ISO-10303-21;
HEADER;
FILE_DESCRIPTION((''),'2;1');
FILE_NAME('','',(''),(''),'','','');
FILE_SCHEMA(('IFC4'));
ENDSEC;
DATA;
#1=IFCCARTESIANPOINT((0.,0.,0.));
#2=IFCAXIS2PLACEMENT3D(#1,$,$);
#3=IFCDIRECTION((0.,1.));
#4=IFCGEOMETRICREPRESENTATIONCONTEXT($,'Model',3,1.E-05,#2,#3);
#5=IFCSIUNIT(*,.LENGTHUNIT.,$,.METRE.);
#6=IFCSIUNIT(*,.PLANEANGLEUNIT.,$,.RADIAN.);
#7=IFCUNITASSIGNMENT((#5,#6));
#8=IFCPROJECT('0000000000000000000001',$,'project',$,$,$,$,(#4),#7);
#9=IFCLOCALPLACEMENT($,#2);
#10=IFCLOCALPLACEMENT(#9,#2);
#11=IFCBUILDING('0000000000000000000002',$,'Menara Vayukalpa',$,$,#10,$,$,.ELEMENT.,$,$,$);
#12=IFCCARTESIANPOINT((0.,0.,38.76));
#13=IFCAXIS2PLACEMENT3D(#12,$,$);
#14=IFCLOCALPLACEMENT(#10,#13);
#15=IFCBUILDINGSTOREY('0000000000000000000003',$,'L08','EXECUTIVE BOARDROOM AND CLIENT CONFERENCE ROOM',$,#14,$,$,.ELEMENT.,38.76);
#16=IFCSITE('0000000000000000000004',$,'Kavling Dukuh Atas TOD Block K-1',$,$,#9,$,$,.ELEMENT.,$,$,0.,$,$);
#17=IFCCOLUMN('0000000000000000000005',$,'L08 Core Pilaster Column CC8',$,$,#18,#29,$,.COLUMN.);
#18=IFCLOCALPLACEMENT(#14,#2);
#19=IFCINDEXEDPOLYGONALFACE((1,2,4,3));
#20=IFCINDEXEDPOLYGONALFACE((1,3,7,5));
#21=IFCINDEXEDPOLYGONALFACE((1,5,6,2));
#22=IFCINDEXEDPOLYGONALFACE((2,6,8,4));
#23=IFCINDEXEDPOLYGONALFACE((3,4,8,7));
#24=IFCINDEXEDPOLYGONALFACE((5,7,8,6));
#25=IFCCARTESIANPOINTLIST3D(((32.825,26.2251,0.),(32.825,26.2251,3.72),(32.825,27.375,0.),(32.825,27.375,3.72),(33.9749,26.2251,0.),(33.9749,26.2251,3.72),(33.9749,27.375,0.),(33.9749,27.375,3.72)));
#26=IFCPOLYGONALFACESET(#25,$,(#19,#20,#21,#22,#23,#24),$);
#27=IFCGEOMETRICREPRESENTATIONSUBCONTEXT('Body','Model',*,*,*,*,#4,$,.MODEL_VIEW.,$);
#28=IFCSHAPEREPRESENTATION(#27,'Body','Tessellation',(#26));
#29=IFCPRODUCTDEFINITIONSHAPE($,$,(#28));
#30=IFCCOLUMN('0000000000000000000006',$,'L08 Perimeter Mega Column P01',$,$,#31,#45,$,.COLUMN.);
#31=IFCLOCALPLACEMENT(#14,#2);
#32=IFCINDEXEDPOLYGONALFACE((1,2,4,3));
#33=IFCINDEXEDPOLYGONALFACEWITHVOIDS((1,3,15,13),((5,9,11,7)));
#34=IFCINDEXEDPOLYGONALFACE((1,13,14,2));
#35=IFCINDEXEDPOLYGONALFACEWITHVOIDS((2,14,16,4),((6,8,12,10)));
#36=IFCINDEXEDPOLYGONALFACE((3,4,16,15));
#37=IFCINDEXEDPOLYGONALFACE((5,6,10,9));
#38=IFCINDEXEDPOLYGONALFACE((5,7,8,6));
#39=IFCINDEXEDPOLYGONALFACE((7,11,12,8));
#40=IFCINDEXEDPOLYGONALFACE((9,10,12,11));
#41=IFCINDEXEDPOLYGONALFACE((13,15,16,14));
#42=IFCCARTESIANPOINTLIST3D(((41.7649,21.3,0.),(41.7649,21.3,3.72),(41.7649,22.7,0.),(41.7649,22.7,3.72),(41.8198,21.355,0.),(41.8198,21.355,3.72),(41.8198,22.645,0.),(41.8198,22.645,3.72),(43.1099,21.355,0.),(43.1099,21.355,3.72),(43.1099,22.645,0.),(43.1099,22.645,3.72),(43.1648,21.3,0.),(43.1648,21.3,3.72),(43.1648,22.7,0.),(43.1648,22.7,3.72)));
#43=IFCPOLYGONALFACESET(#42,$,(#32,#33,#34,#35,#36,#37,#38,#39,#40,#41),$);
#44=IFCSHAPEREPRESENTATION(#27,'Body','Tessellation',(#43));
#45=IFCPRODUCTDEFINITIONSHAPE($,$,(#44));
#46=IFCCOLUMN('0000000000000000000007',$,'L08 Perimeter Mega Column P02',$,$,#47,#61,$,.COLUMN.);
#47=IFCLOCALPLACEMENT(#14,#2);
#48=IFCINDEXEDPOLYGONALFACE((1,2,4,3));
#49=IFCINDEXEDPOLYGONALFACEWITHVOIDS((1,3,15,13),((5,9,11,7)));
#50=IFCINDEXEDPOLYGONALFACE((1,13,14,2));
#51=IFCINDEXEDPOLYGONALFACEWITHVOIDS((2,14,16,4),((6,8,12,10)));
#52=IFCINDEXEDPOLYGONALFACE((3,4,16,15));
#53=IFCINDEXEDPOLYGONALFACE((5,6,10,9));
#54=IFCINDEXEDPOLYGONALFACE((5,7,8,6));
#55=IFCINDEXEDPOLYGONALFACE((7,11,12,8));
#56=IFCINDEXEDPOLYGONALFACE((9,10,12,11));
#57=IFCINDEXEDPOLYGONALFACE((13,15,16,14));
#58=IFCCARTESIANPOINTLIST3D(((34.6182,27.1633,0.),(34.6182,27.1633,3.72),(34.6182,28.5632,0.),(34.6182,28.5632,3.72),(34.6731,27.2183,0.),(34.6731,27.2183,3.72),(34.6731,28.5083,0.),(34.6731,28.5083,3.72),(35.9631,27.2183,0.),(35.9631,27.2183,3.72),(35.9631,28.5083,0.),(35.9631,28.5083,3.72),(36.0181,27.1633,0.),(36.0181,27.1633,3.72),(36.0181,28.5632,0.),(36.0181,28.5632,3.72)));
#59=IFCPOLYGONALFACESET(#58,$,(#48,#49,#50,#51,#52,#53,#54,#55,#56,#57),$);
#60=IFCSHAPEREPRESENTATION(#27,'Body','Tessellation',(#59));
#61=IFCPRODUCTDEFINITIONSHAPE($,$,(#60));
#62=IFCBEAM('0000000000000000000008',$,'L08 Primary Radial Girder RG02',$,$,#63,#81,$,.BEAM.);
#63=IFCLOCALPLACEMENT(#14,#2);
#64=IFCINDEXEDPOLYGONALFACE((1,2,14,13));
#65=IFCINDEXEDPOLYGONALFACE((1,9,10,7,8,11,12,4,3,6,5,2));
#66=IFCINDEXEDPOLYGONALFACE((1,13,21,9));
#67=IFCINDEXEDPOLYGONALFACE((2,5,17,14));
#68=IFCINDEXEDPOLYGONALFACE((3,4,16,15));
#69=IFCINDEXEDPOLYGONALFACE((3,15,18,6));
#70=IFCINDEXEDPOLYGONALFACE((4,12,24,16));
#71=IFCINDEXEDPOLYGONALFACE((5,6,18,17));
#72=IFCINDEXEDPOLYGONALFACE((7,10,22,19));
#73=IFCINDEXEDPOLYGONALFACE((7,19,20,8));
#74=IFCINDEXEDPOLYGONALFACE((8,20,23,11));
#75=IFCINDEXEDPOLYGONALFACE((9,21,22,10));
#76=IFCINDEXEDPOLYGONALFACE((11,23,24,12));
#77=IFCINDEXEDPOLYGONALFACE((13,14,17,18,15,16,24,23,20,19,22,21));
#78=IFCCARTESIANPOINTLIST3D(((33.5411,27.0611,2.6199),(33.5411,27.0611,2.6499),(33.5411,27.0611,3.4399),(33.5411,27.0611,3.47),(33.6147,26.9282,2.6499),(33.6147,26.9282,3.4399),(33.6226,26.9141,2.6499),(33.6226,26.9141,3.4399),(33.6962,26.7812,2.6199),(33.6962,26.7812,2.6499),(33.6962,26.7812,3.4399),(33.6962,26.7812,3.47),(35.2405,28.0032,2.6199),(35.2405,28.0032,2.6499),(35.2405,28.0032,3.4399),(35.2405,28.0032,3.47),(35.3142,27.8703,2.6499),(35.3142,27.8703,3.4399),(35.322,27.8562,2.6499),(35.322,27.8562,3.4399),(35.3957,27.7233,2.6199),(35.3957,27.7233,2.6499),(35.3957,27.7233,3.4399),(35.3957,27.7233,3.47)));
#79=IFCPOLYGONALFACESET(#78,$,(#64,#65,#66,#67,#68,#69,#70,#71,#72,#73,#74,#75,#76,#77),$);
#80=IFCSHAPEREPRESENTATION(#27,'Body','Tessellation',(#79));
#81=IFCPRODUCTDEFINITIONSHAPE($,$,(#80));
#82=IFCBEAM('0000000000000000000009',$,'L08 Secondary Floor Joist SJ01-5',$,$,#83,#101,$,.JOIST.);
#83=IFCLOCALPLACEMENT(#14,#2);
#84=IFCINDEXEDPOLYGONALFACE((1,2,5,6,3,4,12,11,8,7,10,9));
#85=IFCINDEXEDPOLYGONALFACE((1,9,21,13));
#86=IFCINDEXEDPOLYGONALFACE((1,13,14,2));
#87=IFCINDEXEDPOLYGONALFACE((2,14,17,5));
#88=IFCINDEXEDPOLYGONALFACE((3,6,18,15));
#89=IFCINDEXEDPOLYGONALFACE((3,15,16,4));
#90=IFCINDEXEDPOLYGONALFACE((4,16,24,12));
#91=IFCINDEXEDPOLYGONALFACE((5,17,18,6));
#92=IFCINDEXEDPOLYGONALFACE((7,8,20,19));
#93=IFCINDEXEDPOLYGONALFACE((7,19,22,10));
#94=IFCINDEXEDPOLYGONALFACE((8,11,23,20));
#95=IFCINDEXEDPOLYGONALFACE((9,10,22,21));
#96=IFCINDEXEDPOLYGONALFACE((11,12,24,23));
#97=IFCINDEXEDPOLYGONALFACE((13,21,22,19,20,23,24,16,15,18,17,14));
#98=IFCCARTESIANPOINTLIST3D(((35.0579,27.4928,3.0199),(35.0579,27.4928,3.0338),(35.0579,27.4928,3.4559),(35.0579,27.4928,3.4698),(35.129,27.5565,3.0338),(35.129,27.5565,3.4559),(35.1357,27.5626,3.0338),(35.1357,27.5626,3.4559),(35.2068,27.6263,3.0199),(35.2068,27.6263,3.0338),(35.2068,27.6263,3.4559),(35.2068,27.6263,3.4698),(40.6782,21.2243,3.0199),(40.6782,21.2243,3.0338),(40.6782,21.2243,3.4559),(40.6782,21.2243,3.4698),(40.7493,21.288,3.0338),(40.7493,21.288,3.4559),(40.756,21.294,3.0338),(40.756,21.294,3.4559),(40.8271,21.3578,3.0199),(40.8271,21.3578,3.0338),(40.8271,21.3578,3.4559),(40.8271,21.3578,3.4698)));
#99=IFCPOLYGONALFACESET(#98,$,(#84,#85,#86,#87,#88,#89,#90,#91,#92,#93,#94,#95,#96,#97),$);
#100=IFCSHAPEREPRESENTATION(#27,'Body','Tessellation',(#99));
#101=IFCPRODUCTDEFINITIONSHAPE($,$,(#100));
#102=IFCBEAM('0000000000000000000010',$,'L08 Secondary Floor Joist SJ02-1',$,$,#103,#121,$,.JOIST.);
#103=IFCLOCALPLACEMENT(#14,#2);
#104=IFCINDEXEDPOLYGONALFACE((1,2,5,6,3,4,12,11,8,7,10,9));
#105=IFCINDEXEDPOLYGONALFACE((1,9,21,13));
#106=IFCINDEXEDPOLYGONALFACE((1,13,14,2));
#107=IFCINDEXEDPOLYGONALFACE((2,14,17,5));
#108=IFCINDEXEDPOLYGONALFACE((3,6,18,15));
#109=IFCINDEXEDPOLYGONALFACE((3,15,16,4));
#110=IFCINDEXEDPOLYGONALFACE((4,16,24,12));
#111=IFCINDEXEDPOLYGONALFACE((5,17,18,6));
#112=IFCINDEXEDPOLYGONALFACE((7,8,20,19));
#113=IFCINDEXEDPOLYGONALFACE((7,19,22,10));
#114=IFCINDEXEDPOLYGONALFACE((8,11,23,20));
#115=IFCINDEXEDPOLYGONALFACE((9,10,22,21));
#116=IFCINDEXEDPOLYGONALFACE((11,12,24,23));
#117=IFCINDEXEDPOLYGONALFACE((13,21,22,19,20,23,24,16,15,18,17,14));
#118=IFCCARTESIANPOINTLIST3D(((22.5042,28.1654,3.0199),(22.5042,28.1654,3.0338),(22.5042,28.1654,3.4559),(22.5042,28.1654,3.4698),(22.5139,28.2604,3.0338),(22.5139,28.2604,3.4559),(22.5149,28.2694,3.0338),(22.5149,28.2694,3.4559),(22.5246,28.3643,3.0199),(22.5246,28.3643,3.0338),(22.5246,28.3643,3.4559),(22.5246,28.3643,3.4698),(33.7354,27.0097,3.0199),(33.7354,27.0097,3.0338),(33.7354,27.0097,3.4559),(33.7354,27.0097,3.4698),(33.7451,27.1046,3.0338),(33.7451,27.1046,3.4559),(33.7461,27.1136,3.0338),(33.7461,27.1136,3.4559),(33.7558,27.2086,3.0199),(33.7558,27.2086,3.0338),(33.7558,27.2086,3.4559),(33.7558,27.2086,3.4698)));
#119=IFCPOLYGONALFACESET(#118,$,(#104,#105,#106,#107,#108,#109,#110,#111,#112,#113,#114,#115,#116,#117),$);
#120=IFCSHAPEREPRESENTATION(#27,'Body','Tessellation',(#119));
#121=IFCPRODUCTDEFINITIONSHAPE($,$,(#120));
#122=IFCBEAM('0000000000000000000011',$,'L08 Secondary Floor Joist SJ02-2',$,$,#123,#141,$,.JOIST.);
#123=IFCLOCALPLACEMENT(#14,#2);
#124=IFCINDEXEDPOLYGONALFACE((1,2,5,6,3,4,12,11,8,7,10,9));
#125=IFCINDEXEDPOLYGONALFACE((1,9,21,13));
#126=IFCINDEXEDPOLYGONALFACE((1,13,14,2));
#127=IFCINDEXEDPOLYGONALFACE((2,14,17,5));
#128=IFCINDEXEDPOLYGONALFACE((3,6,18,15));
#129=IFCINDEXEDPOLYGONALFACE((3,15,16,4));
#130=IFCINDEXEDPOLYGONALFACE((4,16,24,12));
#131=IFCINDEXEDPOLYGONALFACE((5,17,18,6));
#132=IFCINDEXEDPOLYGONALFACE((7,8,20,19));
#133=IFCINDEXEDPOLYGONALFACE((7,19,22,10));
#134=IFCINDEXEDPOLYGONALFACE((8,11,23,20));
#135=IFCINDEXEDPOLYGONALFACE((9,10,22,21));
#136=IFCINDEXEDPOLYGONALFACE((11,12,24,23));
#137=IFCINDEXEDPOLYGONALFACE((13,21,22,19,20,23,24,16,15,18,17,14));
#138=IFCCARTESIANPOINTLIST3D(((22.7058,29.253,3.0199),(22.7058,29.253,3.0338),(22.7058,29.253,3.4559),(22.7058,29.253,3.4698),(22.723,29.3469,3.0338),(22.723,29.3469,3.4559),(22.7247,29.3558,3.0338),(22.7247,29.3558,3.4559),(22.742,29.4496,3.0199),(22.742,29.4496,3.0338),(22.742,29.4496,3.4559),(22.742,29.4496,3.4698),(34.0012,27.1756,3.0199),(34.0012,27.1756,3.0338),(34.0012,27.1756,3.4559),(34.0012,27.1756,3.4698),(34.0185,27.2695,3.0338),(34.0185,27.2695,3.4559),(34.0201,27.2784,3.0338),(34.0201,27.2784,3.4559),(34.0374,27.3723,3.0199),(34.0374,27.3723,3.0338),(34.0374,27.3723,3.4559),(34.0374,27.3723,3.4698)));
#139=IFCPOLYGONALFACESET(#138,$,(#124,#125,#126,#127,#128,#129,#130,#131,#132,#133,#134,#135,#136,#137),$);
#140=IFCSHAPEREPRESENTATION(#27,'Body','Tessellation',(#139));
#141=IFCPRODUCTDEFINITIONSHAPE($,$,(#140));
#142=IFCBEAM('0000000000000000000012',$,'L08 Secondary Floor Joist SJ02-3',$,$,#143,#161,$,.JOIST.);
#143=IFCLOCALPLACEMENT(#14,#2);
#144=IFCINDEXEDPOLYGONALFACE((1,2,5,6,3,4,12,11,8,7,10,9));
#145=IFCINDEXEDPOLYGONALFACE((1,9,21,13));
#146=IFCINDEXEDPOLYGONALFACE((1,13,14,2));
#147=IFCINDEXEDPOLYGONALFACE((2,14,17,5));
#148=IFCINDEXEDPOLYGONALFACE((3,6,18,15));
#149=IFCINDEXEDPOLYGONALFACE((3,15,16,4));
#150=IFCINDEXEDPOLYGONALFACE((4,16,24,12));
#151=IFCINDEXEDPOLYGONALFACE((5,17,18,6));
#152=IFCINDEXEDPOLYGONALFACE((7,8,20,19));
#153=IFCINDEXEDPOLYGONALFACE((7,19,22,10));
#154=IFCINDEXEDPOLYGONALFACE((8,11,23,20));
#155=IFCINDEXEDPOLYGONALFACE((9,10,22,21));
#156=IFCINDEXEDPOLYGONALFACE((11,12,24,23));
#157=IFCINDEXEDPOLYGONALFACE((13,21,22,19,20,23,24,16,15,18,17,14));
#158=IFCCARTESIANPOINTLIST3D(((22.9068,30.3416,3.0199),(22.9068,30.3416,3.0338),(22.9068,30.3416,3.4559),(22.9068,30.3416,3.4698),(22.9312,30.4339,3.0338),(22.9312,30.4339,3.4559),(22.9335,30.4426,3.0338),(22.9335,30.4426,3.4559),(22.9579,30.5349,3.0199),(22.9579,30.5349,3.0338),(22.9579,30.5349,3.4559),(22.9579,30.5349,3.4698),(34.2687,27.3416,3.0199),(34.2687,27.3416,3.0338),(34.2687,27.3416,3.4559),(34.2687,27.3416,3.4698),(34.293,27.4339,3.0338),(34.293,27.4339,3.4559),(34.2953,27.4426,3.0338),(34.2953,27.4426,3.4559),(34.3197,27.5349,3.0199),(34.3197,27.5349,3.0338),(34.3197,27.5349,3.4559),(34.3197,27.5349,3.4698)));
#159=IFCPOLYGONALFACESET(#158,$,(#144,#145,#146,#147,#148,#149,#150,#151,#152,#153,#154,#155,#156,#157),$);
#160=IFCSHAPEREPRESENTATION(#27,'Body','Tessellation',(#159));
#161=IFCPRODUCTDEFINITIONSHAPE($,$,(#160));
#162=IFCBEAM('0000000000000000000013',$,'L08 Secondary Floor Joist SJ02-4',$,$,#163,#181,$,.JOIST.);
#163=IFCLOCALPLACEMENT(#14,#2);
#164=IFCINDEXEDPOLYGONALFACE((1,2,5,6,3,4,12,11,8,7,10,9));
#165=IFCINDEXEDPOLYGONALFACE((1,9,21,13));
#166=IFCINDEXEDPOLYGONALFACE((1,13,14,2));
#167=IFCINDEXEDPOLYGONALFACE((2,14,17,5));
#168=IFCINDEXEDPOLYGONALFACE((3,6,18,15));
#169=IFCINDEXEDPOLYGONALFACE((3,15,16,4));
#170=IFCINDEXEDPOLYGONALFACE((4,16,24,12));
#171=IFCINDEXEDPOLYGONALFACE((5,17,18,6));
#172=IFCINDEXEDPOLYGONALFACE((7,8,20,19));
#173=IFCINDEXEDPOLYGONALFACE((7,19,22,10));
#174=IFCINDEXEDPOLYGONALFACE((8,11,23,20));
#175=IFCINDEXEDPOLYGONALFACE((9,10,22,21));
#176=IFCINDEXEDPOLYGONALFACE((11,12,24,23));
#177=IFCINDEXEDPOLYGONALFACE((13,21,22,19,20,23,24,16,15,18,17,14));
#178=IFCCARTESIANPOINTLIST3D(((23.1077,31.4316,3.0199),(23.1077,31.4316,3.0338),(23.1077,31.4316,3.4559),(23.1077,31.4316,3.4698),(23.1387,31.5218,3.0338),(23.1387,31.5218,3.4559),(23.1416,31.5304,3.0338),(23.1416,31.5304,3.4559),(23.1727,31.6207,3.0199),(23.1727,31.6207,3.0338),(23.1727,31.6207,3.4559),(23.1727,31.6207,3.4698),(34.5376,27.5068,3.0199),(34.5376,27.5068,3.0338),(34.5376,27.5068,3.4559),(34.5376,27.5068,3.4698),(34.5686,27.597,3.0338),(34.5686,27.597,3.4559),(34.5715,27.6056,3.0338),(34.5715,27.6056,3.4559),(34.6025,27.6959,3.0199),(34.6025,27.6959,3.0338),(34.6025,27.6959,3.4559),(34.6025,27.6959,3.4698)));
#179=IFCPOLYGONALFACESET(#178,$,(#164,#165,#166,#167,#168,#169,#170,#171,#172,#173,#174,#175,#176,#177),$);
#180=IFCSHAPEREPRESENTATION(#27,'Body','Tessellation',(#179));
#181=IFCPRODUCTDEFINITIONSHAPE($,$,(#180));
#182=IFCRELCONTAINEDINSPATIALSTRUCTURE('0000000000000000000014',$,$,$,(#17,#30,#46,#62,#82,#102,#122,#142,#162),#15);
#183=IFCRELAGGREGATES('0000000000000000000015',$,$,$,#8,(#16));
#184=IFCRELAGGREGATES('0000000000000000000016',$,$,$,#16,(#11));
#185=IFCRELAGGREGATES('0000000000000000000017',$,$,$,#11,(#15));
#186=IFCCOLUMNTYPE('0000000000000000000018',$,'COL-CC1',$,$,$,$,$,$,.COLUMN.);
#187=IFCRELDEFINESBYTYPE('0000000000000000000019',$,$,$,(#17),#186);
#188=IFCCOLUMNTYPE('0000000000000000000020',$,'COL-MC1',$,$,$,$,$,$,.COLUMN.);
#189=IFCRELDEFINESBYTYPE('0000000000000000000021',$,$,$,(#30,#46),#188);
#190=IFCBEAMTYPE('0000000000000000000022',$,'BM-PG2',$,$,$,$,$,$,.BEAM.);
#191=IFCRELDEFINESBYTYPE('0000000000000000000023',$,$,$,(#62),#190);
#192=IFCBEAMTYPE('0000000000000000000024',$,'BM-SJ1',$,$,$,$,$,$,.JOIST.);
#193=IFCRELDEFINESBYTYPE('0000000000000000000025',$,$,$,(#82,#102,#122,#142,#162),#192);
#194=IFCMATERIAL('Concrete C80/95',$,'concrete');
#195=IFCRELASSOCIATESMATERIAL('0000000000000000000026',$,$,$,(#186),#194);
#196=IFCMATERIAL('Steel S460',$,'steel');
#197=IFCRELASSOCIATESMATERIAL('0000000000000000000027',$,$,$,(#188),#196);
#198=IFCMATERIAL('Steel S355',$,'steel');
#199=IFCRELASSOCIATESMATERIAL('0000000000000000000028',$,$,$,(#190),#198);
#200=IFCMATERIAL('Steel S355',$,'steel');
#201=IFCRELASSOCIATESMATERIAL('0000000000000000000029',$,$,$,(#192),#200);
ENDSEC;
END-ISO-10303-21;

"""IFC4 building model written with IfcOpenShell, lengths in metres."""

from ifc_helpers import new_model, si_unit, direction, frame, origin, origin_2d, place, context, subcontext, project, spatial, rectangle, hollow_rectangle, i_section, extrude, material, material_profile, profile_set, type_object, element, save


model = new_model("IFC4")

# Units and contexts
model_context = context("Model", 3, precision=1e-05, world=origin(), true_north=direction((0.0, 1.0)))
body_context = subcontext(model_context, "Body", "Model", "MODEL_VIEW")
ifc_project = project(units=[si_unit("LENGTHUNIT", "METRE"), si_unit("PLANEANGLEUNIT", "RADIAN")], contexts=[model_context])

# Site, building, storey
site_placement = place(None, origin())
site = spatial("IfcSite", under=ifc_project, at=site_placement, Name="Kavling Dukuh Atas TOD Block K-1", CompositionType="ELEMENT", RefElevation=0.0)
building_placement = place(site_placement, origin())
building = spatial("IfcBuilding", under=site, at=building_placement, Name="Menara Vayukalpa", CompositionType="ELEMENT")
storey_placement = place(building_placement, frame((0.0, 0.0, 38.76)))
storey = spatial("IfcBuildingStorey", under=building, at=storey_placement, Name="L08", Description="EXECUTIVE BOARDROOM AND CLIENT CONFERENCE ROOM", CompositionType="ELEMENT", Elevation=38.76)

# Columns
ifc_material_1 = material(Name="Concrete C80/95", Category="concrete")
ifc_material_profile_1 = material_profile(ifc_material_1, rectangle(XDim=1.1499, YDim=1.1499, at=origin_2d()), Name="RC 1150x1150")
ifc_profile_set_1 = profile_set([ifc_material_profile_1], Name="Concrete C80/95")
column_type_1 = type_object("IfcColumnType", Name="COL-CC1", PredefinedType="COLUMN", material=ifc_profile_set_1)
column_placement = place(storey_placement, frame((33.3999, 26.8, 0.0), z_axis=(0.0, 0.0, 1.0), x_axis=(1.0, 0.0, 0.0)))
element("IfcColumn", 1, at=column_placement, inside=storey, type_object=column_type_1, Name="L08 Core Pilaster Column CC8", PredefinedType="COLUMN", context=body_context, shape_type="SweptSolid", body=[
    extrude(rectangle(XDim=1.1499, YDim=1.1499, at=origin_2d()), origin(), (0.0, 0.0, 1.0), 3.72),
])
ifc_material_2 = material(Name="Steel S460", Category="steel")
ifc_material_profile_2 = material_profile(ifc_material_2, hollow_rectangle(XDim=1.3999, YDim=1.3999, WallThickness=0.0549, at=origin_2d()), Name="BOX 1400x1400x55")
ifc_profile_set_2 = profile_set([ifc_material_profile_2], Name="Steel S460")
column_type_2 = type_object("IfcColumnType", Name="COL-MC1", PredefinedType="COLUMN", material=ifc_profile_set_2)
for number, where, z_axis, x_axis, name in (
    (2, (42.4648, 22.0, 0.0), (0.0, 0.0, 1.0), (1.0, 0.0, 0.0), "L08 Perimeter Mega Column P01"),
    (3, (35.3181, 27.8633, 0.0), (0.0, 0.0, 1.0), (1.0, 0.0, 0.0), "L08 Perimeter Mega Column P02"),
):
    element("IfcColumn", number, at=place(storey_placement, frame(where, z_axis=z_axis, x_axis=x_axis)), inside=storey, type_object=column_type_2, Name=name, PredefinedType="COLUMN", context=body_context, shape_type="SweptSolid", body=[
        extrude(hollow_rectangle(XDim=1.3999, YDim=1.3999, WallThickness=0.0549, at=origin_2d()), origin(), (0.0, 0.0, 1.0), 3.72),
    ])

# Beams
ifc_material_3 = material(Name="Steel S355", Category="steel")
ifc_material_profile_3 = material_profile(ifc_material_3, i_section(OverallWidth=0.3201, OverallDepth=0.8501, WebThickness=0.0161, FlangeThickness=0.03, at=origin_2d()), Name="WF 850x320x16x30")
ifc_profile_set_3 = profile_set([ifc_material_profile_3], Name="Steel S355")
beam_type_1 = type_object("IfcBeamType", Name="BM-PG2", PredefinedType="BEAM", material=ifc_profile_set_3)
beam_1_placement = place(storey_placement, frame((33.6187, 26.9211, 3.0449), z_axis=(0.874595, 0.484853, 0.0), x_axis=(-0.484853, 0.874595, 0.0)))
element("IfcBeam", 4, at=beam_1_placement, inside=storey, type_object=beam_type_1, Name="L08 Primary Radial Girder RG02", PredefinedType="BEAM", context=body_context, shape_type="SweptSolid", body=[
    extrude(i_section(OverallWidth=0.3201, OverallDepth=0.8501, WebThickness=0.0161, FlangeThickness=0.03, at=origin_2d()), origin(), (0.0, 0.0, 1.0), 1.9431),
])
ifc_material_4 = material(Name="Steel S355", Category="steel")
ifc_material_profile_4 = material_profile(ifc_material_4, i_section(OverallWidth=0.2, OverallDepth=0.45, WebThickness=0.009, FlangeThickness=0.0139, at=origin_2d()), Name="WF 450x200x9x14")
ifc_profile_set_4 = profile_set([ifc_material_profile_4], Name="Steel S355")
beam_type_2 = type_object("IfcBeamType", Name="BM-SJ1", PredefinedType="JOIST", material=ifc_profile_set_4)
beam_2_placement = place(storey_placement, frame((40.7527, 21.291, 3.2449), z_axis=(-0.667563, 0.744553, 0.0), x_axis=(-0.744553, -0.667563, 0.0)))
element("IfcBeam", 5, at=beam_2_placement, inside=storey, type_object=beam_type_2, Name="L08 Secondary Floor Joist SJ01-5", PredefinedType="JOIST", context=body_context, shape_type="SweptSolid", body=[
    extrude(i_section(OverallWidth=0.2, OverallDepth=0.45, WebThickness=0.009, FlangeThickness=0.0139, at=origin_2d()), origin(), (0.0, 0.0, 1.0), 8.4192),
])
beam_3_placement = place(storey_placement, frame((33.7456, 27.1091, 3.2449), z_axis=(-0.994747, 0.102366, 0.0), x_axis=(-0.102366, -0.994747, 0.0)))
element("IfcBeam", 6, at=beam_3_placement, inside=storey, type_object=beam_type_2, Name="L08 Secondary Floor Joist SJ02-1", PredefinedType="JOIST", context=body_context, shape_type="SweptSolid", body=[
    extrude(i_section(OverallWidth=0.2, OverallDepth=0.45, WebThickness=0.009, FlangeThickness=0.0139, at=origin_2d()), origin(), (0.0, 0.0, 1.0), 11.2905),
])
beam_4_placement = place(storey_placement, frame((34.0193, 27.2739, 3.2449), z_axis=(-0.983505, 0.180881, 0.0), x_axis=(-0.180881, -0.983505, 0.0)))
element("IfcBeam", 7, at=beam_4_placement, inside=storey, type_object=beam_type_2, Name="L08 Secondary Floor Joist SJ02-2", PredefinedType="JOIST", context=body_context, shape_type="SweptSolid", body=[
    extrude(i_section(OverallWidth=0.2, OverallDepth=0.45, WebThickness=0.009, FlangeThickness=0.0139, at=origin_2d()), origin(), (0.0, 0.0, 1.0), 11.4849),
])
beam_5_placement = place(storey_placement, frame((34.2942, 27.4382, 3.2449), z_axis=(-0.966864, 0.255293, 0.0), x_axis=(-0.255293, -0.966864, 0.0)))
element("IfcBeam", 8, at=beam_5_placement, inside=storey, type_object=beam_type_2, Name="L08 Secondary Floor Joist SJ02-3", PredefinedType="JOIST", context=body_context, shape_type="SweptSolid", body=[
    extrude(i_section(OverallWidth=0.2, OverallDepth=0.45, WebThickness=0.009, FlangeThickness=0.0139, at=origin_2d()), origin(), (0.0, 0.0, 1.0), 11.7512),
])
beam_6_placement = place(storey_placement, frame((34.5701, 27.6013, 3.2449), z_axis=(-0.945794, 0.324766, 0.0), x_axis=(-0.324766, -0.945794, 0.0)))
element("IfcBeam", 9, at=beam_6_placement, inside=storey, type_object=beam_type_2, Name="L08 Secondary Floor Joist SJ02-4", PredefinedType="JOIST", context=body_context, shape_type="SweptSolid", body=[
    extrude(i_section(OverallWidth=0.2, OverallDepth=0.45, WebThickness=0.009, FlangeThickness=0.0139, at=origin_2d()), origin(), (0.0, 0.0, 1.0), 12.085),
])

save(model, "model.ifc")
